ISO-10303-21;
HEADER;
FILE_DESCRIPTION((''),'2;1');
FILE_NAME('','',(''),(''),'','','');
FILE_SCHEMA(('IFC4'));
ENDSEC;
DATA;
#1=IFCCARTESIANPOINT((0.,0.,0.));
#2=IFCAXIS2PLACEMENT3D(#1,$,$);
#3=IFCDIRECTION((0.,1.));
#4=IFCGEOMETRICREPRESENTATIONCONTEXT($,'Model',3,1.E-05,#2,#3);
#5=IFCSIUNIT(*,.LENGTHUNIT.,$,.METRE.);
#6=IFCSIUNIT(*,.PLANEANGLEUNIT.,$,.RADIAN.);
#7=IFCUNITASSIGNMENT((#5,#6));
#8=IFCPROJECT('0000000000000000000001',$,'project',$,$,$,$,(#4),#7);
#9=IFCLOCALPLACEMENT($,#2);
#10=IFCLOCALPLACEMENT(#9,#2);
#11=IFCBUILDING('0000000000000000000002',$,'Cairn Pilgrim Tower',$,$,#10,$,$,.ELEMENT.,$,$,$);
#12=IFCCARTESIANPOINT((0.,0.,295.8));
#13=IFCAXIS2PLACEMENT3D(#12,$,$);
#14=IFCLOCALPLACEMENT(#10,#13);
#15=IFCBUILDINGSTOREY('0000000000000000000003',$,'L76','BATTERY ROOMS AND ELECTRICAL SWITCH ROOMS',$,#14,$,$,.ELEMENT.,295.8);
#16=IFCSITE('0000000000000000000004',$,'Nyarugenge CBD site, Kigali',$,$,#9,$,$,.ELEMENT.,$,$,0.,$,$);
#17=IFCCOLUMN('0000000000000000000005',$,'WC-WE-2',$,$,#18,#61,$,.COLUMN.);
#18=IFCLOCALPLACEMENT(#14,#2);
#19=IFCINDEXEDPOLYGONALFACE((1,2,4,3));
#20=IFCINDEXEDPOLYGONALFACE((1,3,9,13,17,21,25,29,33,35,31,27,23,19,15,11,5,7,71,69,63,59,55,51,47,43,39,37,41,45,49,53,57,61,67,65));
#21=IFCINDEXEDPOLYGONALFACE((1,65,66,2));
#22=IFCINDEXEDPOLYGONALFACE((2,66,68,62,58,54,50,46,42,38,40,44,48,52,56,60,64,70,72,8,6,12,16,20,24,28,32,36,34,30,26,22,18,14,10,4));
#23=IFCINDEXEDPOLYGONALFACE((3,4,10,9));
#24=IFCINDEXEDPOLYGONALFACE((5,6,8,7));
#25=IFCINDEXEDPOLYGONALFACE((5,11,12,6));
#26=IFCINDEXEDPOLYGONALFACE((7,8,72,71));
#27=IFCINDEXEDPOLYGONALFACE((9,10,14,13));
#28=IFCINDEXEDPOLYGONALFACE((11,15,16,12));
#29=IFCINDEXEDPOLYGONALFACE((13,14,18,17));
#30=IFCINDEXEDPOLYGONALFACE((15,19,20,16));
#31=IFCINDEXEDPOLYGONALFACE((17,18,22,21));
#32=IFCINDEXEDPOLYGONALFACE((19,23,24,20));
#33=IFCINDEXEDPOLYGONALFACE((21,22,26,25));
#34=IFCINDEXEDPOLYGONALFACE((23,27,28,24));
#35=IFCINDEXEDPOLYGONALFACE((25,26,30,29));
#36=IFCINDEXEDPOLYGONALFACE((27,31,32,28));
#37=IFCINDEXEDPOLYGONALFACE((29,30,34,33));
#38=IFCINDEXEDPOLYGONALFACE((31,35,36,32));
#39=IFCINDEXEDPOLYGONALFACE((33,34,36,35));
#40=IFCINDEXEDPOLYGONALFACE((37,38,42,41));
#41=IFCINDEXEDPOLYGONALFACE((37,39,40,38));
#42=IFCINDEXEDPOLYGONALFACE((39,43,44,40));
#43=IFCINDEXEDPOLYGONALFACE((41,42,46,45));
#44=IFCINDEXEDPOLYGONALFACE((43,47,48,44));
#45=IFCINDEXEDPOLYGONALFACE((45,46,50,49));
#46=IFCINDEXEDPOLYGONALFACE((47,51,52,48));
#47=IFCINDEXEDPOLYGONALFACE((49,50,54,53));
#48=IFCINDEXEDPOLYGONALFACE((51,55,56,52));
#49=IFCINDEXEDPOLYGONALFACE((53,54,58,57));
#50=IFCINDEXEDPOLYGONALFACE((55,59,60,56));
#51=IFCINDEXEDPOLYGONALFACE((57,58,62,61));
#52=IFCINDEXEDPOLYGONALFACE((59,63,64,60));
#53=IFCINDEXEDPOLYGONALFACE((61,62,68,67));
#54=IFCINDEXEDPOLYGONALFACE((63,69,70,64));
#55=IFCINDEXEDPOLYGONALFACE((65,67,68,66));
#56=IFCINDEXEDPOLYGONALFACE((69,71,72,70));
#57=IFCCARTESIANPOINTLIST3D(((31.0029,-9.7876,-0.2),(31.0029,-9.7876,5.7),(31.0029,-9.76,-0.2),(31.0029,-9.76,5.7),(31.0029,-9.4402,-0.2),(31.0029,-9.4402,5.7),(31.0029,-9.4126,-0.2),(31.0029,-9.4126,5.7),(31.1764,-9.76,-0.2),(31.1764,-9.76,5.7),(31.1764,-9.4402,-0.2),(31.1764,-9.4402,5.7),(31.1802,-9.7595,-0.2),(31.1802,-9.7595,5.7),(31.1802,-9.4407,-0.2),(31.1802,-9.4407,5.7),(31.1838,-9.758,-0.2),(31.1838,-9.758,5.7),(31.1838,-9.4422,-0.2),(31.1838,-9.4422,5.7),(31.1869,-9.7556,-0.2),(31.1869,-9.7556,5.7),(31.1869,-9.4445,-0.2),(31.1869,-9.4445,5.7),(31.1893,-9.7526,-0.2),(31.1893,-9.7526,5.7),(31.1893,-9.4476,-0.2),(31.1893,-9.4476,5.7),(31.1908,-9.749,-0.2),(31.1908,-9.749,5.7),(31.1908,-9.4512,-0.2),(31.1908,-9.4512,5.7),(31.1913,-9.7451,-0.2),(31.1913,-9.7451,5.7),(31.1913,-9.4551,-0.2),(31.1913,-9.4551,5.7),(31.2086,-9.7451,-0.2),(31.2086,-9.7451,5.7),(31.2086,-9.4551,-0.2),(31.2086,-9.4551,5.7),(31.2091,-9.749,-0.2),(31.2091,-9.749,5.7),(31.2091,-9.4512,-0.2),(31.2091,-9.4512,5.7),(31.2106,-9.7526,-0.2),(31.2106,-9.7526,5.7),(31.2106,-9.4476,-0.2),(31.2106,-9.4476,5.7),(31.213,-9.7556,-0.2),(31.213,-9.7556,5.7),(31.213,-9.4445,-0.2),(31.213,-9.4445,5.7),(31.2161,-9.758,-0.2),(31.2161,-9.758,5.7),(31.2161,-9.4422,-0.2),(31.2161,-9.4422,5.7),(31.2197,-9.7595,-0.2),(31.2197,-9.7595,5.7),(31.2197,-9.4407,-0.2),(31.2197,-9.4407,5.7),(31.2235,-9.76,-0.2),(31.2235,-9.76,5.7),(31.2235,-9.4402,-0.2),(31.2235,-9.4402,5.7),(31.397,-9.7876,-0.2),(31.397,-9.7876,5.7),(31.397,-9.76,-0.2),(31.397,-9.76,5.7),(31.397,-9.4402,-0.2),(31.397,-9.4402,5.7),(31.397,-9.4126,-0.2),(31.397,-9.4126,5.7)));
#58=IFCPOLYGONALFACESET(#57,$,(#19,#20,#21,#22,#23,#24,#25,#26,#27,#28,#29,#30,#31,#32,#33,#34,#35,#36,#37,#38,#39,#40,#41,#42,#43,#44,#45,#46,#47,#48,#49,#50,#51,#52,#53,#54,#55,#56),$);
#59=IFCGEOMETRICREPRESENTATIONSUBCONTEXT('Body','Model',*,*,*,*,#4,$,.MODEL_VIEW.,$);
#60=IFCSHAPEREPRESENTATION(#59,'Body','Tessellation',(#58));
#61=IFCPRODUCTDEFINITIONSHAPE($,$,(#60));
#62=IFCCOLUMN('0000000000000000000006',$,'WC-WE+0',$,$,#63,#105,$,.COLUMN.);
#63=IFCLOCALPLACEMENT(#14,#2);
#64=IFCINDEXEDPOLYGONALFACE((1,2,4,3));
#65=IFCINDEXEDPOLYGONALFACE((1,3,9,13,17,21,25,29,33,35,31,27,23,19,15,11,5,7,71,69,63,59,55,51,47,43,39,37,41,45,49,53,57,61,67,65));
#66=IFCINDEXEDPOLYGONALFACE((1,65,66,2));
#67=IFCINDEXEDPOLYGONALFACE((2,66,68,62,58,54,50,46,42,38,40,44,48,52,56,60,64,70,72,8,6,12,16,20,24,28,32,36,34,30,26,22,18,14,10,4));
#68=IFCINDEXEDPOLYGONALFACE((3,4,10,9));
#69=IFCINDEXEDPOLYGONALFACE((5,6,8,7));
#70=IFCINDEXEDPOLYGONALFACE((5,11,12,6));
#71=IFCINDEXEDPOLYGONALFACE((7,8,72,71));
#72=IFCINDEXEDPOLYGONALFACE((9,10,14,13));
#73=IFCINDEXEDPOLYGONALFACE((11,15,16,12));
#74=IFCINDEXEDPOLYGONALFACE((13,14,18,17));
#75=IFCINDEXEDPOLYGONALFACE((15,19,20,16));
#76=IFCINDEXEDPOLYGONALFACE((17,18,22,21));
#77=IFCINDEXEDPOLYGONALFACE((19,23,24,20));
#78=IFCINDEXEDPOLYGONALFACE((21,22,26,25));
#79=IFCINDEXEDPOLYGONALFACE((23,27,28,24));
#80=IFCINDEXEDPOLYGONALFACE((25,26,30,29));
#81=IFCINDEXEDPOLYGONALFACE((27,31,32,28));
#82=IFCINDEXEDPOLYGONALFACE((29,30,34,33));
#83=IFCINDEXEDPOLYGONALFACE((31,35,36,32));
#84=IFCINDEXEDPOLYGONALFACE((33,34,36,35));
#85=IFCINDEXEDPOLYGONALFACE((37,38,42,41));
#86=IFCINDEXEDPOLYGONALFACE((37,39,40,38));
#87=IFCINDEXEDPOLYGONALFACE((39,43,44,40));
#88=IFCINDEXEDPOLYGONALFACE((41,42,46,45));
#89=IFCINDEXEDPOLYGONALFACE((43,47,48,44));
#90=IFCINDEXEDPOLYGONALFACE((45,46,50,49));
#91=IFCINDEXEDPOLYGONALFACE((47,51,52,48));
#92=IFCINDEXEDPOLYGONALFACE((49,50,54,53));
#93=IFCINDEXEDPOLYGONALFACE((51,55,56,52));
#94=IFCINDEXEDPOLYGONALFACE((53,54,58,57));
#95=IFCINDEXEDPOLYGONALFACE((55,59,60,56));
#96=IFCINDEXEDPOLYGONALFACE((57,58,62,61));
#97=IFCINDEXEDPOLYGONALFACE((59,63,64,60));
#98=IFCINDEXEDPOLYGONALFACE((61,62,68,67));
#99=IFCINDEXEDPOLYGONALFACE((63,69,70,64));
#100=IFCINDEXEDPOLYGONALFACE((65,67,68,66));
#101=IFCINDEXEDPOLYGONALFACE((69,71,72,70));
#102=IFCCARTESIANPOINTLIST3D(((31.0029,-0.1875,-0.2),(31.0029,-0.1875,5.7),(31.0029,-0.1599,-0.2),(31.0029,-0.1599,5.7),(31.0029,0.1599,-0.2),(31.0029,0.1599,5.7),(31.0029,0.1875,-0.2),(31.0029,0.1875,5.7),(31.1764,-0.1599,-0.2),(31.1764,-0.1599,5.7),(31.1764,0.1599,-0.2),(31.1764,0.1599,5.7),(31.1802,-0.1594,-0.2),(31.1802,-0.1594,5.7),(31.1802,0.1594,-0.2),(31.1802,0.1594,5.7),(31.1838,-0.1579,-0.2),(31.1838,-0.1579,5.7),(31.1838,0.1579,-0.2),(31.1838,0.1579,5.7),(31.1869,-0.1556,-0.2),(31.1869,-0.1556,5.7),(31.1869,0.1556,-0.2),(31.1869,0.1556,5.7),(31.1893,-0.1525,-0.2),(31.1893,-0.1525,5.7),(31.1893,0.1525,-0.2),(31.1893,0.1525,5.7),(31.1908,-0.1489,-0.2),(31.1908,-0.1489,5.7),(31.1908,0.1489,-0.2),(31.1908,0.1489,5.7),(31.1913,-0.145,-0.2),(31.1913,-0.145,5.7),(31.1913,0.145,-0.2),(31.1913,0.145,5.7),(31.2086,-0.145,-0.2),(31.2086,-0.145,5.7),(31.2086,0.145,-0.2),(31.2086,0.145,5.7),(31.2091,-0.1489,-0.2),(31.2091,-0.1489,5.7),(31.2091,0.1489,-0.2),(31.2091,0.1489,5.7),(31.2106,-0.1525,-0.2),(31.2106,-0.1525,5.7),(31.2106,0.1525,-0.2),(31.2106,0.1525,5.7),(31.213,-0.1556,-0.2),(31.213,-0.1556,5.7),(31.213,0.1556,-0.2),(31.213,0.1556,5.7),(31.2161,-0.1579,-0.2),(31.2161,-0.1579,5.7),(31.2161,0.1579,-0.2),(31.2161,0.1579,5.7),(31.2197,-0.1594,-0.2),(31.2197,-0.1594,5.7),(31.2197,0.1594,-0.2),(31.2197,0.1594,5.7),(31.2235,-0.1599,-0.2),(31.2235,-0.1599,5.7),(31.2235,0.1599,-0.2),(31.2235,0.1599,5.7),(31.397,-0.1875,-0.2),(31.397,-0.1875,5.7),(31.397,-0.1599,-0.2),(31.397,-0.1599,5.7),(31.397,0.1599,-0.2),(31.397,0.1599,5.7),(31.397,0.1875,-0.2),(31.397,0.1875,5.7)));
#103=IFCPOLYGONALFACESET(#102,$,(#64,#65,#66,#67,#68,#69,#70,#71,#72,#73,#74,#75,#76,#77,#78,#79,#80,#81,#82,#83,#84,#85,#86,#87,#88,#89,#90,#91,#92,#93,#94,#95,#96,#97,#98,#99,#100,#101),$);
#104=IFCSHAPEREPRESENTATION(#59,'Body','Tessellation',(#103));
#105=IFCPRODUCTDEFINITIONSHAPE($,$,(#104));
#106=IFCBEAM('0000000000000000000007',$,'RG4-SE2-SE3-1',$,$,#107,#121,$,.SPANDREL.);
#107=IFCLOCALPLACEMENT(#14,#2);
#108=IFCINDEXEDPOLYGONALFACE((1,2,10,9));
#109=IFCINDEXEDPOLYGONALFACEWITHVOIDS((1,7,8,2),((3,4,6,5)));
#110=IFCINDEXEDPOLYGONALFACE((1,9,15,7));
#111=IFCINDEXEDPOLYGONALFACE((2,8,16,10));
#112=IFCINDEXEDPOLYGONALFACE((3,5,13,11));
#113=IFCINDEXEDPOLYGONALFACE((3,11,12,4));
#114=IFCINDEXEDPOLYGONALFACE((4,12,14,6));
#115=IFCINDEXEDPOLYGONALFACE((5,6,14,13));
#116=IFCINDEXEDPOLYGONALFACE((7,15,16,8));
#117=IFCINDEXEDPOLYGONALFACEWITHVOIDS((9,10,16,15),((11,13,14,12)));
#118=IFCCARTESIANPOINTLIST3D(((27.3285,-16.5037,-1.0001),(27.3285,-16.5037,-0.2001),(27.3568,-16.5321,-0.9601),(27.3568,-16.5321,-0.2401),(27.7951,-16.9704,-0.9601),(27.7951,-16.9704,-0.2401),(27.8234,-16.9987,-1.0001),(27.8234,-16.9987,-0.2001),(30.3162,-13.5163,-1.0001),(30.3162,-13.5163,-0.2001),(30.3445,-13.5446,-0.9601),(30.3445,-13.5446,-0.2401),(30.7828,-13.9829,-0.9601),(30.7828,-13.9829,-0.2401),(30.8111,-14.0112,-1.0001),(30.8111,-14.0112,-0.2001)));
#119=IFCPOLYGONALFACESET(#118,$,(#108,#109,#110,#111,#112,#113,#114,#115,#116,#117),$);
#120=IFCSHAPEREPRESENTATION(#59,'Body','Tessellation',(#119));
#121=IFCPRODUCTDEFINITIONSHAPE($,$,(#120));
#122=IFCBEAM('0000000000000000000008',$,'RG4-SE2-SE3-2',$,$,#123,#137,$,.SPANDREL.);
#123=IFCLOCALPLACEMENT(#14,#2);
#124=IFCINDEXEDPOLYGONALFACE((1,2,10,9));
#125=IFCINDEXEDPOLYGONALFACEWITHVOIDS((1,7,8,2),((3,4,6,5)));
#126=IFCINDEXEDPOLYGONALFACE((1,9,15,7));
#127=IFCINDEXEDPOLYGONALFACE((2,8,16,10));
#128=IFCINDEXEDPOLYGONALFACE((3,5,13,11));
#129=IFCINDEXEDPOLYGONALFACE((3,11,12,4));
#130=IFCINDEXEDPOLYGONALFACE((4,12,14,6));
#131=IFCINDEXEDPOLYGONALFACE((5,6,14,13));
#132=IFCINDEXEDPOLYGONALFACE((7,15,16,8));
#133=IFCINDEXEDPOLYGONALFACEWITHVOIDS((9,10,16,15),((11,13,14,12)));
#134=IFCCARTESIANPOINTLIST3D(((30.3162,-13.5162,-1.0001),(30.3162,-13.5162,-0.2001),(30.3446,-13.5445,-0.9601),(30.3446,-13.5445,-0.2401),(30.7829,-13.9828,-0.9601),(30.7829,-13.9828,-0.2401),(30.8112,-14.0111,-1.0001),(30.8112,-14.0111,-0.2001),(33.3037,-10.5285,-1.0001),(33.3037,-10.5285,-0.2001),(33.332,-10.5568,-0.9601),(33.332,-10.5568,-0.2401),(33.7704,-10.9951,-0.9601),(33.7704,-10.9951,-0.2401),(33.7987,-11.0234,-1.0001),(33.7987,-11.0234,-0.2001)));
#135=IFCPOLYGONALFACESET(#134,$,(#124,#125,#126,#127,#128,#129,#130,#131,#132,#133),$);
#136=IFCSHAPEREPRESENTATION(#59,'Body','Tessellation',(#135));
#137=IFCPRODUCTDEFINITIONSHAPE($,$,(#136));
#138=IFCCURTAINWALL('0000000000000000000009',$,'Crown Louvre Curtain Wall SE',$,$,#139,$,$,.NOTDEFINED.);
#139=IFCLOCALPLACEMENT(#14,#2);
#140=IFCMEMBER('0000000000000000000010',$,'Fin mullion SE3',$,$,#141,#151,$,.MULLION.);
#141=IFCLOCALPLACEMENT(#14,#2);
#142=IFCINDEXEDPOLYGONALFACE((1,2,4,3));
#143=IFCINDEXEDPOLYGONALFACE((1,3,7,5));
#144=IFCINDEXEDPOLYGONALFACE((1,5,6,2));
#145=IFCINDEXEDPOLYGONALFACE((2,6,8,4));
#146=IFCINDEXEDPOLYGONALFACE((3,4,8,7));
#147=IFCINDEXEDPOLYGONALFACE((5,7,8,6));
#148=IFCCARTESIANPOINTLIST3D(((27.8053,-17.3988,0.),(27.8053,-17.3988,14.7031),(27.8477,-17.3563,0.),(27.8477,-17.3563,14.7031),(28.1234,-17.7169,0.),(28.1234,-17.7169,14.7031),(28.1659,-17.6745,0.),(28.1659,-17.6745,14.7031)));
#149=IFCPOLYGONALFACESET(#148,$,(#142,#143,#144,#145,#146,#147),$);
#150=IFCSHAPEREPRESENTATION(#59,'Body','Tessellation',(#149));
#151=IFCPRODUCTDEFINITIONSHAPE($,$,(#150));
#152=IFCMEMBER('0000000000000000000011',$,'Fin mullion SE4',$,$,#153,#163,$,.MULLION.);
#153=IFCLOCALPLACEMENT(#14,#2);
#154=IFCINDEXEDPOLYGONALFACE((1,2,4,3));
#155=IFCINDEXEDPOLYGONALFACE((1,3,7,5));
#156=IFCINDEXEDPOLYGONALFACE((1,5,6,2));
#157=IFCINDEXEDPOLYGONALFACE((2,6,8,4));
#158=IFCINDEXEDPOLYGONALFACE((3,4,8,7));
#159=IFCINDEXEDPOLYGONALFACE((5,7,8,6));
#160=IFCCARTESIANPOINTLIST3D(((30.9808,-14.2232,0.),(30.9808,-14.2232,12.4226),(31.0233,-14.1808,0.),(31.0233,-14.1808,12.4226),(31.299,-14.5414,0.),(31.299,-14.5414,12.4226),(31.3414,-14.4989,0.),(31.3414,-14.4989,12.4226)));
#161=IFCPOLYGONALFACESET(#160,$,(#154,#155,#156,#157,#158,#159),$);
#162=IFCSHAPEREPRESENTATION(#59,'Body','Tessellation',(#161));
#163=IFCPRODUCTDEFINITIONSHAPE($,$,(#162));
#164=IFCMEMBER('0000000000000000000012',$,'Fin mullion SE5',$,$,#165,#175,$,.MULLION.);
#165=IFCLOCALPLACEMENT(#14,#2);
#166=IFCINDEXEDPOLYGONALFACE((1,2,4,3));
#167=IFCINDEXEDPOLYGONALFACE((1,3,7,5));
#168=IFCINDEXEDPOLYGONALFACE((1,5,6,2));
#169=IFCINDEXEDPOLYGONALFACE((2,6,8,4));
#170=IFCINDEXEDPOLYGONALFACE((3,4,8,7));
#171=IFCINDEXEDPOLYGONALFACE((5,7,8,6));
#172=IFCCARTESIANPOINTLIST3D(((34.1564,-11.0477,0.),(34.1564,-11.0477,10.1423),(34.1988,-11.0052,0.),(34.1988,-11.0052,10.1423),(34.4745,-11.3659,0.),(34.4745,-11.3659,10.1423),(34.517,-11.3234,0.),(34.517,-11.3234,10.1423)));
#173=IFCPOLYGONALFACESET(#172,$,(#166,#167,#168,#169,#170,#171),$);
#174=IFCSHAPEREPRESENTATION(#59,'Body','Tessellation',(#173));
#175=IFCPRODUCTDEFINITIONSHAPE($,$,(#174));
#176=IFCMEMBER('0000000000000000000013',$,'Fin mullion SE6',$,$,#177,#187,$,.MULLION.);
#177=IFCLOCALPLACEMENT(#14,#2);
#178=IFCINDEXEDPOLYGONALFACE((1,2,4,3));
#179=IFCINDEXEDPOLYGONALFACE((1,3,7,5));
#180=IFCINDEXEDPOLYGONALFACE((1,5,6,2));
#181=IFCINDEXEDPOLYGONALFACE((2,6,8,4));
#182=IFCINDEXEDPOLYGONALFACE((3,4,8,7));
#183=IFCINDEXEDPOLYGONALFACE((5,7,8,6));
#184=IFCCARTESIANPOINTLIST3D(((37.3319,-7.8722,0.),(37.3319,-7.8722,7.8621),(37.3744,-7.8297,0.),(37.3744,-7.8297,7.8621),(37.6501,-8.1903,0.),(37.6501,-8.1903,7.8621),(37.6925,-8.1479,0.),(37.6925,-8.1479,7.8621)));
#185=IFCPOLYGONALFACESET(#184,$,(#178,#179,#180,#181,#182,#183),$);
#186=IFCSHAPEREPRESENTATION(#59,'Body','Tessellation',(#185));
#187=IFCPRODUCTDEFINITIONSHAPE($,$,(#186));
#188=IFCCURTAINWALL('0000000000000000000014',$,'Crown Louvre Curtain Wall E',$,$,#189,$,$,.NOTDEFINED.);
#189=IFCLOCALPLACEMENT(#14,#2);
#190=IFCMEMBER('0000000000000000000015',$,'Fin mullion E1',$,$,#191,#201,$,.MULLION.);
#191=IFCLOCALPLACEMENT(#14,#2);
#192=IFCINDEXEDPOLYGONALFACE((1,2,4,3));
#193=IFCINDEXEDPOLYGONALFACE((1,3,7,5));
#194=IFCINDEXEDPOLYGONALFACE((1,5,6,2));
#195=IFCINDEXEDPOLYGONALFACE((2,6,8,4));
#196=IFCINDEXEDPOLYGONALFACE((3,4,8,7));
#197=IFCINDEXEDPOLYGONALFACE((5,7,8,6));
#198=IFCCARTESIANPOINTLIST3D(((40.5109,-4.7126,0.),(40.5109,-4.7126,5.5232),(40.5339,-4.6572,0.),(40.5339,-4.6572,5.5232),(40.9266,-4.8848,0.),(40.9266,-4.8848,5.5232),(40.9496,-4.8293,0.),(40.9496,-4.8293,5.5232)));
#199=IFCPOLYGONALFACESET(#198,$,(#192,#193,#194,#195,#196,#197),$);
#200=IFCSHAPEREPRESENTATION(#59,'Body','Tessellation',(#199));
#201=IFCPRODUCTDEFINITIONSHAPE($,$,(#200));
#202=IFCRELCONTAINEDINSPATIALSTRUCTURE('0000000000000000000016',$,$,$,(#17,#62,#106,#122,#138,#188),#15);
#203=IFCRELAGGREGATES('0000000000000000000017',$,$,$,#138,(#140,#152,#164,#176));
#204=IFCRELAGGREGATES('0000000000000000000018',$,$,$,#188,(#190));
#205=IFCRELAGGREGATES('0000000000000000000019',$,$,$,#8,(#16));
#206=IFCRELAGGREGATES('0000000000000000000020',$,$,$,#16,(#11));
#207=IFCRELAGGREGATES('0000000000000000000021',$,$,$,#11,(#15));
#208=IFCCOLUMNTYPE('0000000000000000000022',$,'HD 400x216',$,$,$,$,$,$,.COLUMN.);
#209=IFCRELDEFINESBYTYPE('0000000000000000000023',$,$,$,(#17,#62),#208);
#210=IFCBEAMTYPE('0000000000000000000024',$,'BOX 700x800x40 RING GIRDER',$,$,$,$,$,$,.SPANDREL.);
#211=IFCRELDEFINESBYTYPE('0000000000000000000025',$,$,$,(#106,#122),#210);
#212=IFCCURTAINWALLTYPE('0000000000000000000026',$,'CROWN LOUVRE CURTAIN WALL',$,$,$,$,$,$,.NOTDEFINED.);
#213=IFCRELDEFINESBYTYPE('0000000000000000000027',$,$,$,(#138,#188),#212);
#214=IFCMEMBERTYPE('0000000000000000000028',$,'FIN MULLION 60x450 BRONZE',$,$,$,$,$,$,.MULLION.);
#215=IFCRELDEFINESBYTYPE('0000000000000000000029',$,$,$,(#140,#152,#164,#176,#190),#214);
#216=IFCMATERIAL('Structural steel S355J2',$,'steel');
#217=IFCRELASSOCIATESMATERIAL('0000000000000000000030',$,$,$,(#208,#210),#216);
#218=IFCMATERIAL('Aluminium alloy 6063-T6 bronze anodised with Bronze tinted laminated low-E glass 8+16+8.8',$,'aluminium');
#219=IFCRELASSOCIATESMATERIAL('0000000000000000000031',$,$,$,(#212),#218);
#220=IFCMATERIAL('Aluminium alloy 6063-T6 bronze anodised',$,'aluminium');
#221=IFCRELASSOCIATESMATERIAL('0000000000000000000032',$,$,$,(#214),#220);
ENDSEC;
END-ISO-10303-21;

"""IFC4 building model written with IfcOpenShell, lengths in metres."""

from ifc_helpers import new_model, si_unit, direction, frame, origin, origin_2d, place, context, subcontext, project, spatial, rectangle, hollow_rectangle, i_section, extrude, material, material_profile, profile_set, type_object, element, aggregate, save


model = new_model("IFC4")

# Units and contexts
model_context = context("Model", 3, precision=1e-05, world=origin(), true_north=direction((0.0, 1.0)))
body_context = subcontext(model_context, "Body", "Model", "MODEL_VIEW")
ifc_project = project(units=[si_unit("LENGTHUNIT", "METRE"), si_unit("PLANEANGLEUNIT", "RADIAN")], contexts=[model_context])

# Site, building, storey
site_placement = place(None, origin())
site = spatial("IfcSite", under=ifc_project, at=site_placement, Name="Nyarugenge CBD site, Kigali", CompositionType="ELEMENT", RefElevation=0.0)
building_placement = place(site_placement, origin())
building = spatial("IfcBuilding", under=site, at=building_placement, Name="Cairn Pilgrim Tower", CompositionType="ELEMENT")
storey_placement = place(building_placement, frame((0.0, 0.0, 295.8)))
storey = spatial("IfcBuildingStorey", under=building, at=storey_placement, Name="L76", Description="BATTERY ROOMS AND ELECTRICAL SWITCH ROOMS", CompositionType="ELEMENT", Elevation=295.8)

# Columns
ifc_material_1 = material(Name="Structural steel S355J2", Category="steel")
ifc_material_profile_1 = material_profile(ifc_material_1, i_section(OverallWidth=0.394, OverallDepth=0.375, WebThickness=0.0173, FlangeThickness=0.0276, FilletRadius=0.0149, at=origin_2d()), Name="HD 400x216")
ifc_profile_set_1 = profile_set([ifc_material_profile_1], Name="Structural steel S355J2")
column_type_1 = type_object("IfcColumnType", Name="HD 400x216", PredefinedType="COLUMN", material=ifc_profile_set_1)
for number, where, z_axis, x_axis, name in (
    (1, (31.2, -9.6001, -0.2), (0.0, 0.0, 1.0), (1.0, 0.0, 0.0), "WC-WE-2"),
    (2, (31.2, 0.0, -0.2), (0.0, 0.0, 1.0), (1.0, 0.0, 0.0), "WC-WE+0"),
):
    element("IfcColumn", number, at=place(storey_placement, frame(where, z_axis=z_axis, x_axis=x_axis)), inside=storey, type_object=column_type_1, Name=name, PredefinedType="COLUMN", context=body_context, shape_type="SweptSolid", body=[
        extrude(i_section(OverallWidth=0.394, OverallDepth=0.375, WebThickness=0.0173, FlangeThickness=0.0276, FilletRadius=0.0149, at=origin_2d()), origin(), (0.0, 0.0, 1.0), 5.8999),
    ])

# Beams
ifc_material_profile_2 = material_profile(ifc_material_1, hollow_rectangle(XDim=0.7, YDim=0.8, WallThickness=0.04, at=origin_2d()), Name="BOX 700x800x40")
ifc_profile_set_2 = profile_set([ifc_material_profile_2], Name="Structural steel S355J2")
beam_type_1 = type_object("IfcBeamType", Name="BOX 700x800x40 RING GIRDER", PredefinedType="SPANDREL", material=ifc_profile_set_2)
for number, where, z_axis, x_axis, name in (
    (3, (27.5759, -16.7512, -0.6001), (0.707136, 0.707078, 0.0), (-0.707078, 0.707136, 0.0), "RG4-SE2-SE3-1"),
    (4, (30.5637, -13.7637, -0.6001), (0.707078, 0.707136, 0.0), (-0.707136, 0.707078, 0.0), "RG4-SE2-SE3-2"),
):
    element("IfcBeam", number, at=place(storey_placement, frame(where, z_axis=z_axis, x_axis=x_axis)), inside=storey, type_object=beam_type_1, Name=name, PredefinedType="SPANDREL", context=body_context, shape_type="SweptSolid", body=[
        extrude(hollow_rectangle(XDim=0.7, YDim=0.8, WallThickness=0.04, at=origin_2d()), origin(), (0.0, 0.0, 1.0), 4.2251),
    ])

# Curtain wall, members
ifc_material_2 = material(Name="Aluminium alloy 6063-T6 bronze anodised with Bronze tinted laminated low-E glass 8+16+8.8", Category="aluminium")
curtain_wall_type = type_object("IfcCurtainWallType", Name="CROWN LOUVRE CURTAIN WALL", PredefinedType="NOTDEFINED", material=ifc_material_2)
curtain_wall_1_placement = place(storey_placement, origin())
curtain_wall_1 = element("IfcCurtainWall", 5, at=curtain_wall_1_placement, inside=storey, type_object=curtain_wall_type, Name="Crown Louvre Curtain Wall SE", PredefinedType="NOTDEFINED")
ifc_material_3 = material(Name="Aluminium alloy 6063-T6 bronze anodised", Category="aluminium")
ifc_material_profile_3 = material_profile(ifc_material_3, rectangle(XDim=0.45, YDim=0.0601, at=origin_2d()), Name="FIN MULLION 60x450 BRONZE")
ifc_profile_set_3 = profile_set([ifc_material_profile_3], Name="Aluminium alloy 6063-T6 bronze anodised")
member_type_1 = type_object("IfcMemberType", Name="FIN MULLION 60x450 BRONZE", PredefinedType="MULLION", material=ifc_profile_set_3)
member_1_placement = place(storey_placement, frame((27.9856, -17.5366, 0.0), z_axis=(0.0, 0.0, 1.0), x_axis=(0.707107, -0.707107, 0.0)))
member_1 = element("IfcMember", 6, at=member_1_placement, type_object=member_type_1, Name="Fin mullion SE3", PredefinedType="MULLION", context=body_context, shape_type="SweptSolid", body=[
    extrude(rectangle(XDim=0.45, YDim=0.0601, at=origin_2d()), origin(), (0.0, 0.0, 1.0), 14.7031),
])
member_2_placement = place(storey_placement, frame((31.1611, -14.3611, 0.0), z_axis=(0.0, 0.0, 1.0), x_axis=(0.707107, -0.707107, 0.0)))
member_2 = element("IfcMember", 7, at=member_2_placement, type_object=member_type_1, Name="Fin mullion SE4", PredefinedType="MULLION", context=body_context, shape_type="SweptSolid", body=[
    extrude(rectangle(XDim=0.45, YDim=0.0601, at=origin_2d()), origin(), (0.0, 0.0, 1.0), 12.4226),
])
member_3_placement = place(storey_placement, frame((34.3367, -11.1855, 0.0), z_axis=(0.0, 0.0, 1.0), x_axis=(0.707107, -0.707107, 0.0)))
member_3 = element("IfcMember", 8, at=member_3_placement, type_object=member_type_1, Name="Fin mullion SE5", PredefinedType="MULLION", context=body_context, shape_type="SweptSolid", body=[
    extrude(rectangle(XDim=0.45, YDim=0.0601, at=origin_2d()), origin(), (0.0, 0.0, 1.0), 10.1423),
])
member_4_placement = place(storey_placement, frame((37.5122, -8.01, 0.0), z_axis=(0.0, 0.0, 1.0), x_axis=(0.707107, -0.707107, 0.0)))
member_4 = element("IfcMember", 9, at=member_4_placement, type_object=member_type_1, Name="Fin mullion SE6", PredefinedType="MULLION", context=body_context, shape_type="SweptSolid", body=[
    extrude(rectangle(XDim=0.45, YDim=0.0601, at=origin_2d()), origin(), (0.0, 0.0, 1.0), 7.8621),
])

# Curtain wall, member
curtain_wall_2_placement = place(storey_placement, origin())
curtain_wall_2 = element("IfcCurtainWall", 10, at=curtain_wall_2_placement, inside=storey, type_object=curtain_wall_type, Name="Crown Louvre Curtain Wall E", PredefinedType="NOTDEFINED")
member_5_placement = place(storey_placement, frame((40.7302, -4.771, 0.0), z_axis=(0.0, 0.0, 1.0), x_axis=(0.92388, -0.382683, 0.0)))
member_5 = element("IfcMember", 11, at=member_5_placement, type_object=member_type_1, Name="Fin mullion E1", PredefinedType="MULLION", context=body_context, shape_type="SweptSolid", body=[
    extrude(rectangle(XDim=0.45, YDim=0.0601, at=origin_2d()), origin(), (0.0, 0.0, 1.0), 5.5232),
])

aggregate(curtain_wall_1, [member_1, member_2, member_3, member_4])
aggregate(curtain_wall_2, [member_5])

save(model, "model.ifc")
